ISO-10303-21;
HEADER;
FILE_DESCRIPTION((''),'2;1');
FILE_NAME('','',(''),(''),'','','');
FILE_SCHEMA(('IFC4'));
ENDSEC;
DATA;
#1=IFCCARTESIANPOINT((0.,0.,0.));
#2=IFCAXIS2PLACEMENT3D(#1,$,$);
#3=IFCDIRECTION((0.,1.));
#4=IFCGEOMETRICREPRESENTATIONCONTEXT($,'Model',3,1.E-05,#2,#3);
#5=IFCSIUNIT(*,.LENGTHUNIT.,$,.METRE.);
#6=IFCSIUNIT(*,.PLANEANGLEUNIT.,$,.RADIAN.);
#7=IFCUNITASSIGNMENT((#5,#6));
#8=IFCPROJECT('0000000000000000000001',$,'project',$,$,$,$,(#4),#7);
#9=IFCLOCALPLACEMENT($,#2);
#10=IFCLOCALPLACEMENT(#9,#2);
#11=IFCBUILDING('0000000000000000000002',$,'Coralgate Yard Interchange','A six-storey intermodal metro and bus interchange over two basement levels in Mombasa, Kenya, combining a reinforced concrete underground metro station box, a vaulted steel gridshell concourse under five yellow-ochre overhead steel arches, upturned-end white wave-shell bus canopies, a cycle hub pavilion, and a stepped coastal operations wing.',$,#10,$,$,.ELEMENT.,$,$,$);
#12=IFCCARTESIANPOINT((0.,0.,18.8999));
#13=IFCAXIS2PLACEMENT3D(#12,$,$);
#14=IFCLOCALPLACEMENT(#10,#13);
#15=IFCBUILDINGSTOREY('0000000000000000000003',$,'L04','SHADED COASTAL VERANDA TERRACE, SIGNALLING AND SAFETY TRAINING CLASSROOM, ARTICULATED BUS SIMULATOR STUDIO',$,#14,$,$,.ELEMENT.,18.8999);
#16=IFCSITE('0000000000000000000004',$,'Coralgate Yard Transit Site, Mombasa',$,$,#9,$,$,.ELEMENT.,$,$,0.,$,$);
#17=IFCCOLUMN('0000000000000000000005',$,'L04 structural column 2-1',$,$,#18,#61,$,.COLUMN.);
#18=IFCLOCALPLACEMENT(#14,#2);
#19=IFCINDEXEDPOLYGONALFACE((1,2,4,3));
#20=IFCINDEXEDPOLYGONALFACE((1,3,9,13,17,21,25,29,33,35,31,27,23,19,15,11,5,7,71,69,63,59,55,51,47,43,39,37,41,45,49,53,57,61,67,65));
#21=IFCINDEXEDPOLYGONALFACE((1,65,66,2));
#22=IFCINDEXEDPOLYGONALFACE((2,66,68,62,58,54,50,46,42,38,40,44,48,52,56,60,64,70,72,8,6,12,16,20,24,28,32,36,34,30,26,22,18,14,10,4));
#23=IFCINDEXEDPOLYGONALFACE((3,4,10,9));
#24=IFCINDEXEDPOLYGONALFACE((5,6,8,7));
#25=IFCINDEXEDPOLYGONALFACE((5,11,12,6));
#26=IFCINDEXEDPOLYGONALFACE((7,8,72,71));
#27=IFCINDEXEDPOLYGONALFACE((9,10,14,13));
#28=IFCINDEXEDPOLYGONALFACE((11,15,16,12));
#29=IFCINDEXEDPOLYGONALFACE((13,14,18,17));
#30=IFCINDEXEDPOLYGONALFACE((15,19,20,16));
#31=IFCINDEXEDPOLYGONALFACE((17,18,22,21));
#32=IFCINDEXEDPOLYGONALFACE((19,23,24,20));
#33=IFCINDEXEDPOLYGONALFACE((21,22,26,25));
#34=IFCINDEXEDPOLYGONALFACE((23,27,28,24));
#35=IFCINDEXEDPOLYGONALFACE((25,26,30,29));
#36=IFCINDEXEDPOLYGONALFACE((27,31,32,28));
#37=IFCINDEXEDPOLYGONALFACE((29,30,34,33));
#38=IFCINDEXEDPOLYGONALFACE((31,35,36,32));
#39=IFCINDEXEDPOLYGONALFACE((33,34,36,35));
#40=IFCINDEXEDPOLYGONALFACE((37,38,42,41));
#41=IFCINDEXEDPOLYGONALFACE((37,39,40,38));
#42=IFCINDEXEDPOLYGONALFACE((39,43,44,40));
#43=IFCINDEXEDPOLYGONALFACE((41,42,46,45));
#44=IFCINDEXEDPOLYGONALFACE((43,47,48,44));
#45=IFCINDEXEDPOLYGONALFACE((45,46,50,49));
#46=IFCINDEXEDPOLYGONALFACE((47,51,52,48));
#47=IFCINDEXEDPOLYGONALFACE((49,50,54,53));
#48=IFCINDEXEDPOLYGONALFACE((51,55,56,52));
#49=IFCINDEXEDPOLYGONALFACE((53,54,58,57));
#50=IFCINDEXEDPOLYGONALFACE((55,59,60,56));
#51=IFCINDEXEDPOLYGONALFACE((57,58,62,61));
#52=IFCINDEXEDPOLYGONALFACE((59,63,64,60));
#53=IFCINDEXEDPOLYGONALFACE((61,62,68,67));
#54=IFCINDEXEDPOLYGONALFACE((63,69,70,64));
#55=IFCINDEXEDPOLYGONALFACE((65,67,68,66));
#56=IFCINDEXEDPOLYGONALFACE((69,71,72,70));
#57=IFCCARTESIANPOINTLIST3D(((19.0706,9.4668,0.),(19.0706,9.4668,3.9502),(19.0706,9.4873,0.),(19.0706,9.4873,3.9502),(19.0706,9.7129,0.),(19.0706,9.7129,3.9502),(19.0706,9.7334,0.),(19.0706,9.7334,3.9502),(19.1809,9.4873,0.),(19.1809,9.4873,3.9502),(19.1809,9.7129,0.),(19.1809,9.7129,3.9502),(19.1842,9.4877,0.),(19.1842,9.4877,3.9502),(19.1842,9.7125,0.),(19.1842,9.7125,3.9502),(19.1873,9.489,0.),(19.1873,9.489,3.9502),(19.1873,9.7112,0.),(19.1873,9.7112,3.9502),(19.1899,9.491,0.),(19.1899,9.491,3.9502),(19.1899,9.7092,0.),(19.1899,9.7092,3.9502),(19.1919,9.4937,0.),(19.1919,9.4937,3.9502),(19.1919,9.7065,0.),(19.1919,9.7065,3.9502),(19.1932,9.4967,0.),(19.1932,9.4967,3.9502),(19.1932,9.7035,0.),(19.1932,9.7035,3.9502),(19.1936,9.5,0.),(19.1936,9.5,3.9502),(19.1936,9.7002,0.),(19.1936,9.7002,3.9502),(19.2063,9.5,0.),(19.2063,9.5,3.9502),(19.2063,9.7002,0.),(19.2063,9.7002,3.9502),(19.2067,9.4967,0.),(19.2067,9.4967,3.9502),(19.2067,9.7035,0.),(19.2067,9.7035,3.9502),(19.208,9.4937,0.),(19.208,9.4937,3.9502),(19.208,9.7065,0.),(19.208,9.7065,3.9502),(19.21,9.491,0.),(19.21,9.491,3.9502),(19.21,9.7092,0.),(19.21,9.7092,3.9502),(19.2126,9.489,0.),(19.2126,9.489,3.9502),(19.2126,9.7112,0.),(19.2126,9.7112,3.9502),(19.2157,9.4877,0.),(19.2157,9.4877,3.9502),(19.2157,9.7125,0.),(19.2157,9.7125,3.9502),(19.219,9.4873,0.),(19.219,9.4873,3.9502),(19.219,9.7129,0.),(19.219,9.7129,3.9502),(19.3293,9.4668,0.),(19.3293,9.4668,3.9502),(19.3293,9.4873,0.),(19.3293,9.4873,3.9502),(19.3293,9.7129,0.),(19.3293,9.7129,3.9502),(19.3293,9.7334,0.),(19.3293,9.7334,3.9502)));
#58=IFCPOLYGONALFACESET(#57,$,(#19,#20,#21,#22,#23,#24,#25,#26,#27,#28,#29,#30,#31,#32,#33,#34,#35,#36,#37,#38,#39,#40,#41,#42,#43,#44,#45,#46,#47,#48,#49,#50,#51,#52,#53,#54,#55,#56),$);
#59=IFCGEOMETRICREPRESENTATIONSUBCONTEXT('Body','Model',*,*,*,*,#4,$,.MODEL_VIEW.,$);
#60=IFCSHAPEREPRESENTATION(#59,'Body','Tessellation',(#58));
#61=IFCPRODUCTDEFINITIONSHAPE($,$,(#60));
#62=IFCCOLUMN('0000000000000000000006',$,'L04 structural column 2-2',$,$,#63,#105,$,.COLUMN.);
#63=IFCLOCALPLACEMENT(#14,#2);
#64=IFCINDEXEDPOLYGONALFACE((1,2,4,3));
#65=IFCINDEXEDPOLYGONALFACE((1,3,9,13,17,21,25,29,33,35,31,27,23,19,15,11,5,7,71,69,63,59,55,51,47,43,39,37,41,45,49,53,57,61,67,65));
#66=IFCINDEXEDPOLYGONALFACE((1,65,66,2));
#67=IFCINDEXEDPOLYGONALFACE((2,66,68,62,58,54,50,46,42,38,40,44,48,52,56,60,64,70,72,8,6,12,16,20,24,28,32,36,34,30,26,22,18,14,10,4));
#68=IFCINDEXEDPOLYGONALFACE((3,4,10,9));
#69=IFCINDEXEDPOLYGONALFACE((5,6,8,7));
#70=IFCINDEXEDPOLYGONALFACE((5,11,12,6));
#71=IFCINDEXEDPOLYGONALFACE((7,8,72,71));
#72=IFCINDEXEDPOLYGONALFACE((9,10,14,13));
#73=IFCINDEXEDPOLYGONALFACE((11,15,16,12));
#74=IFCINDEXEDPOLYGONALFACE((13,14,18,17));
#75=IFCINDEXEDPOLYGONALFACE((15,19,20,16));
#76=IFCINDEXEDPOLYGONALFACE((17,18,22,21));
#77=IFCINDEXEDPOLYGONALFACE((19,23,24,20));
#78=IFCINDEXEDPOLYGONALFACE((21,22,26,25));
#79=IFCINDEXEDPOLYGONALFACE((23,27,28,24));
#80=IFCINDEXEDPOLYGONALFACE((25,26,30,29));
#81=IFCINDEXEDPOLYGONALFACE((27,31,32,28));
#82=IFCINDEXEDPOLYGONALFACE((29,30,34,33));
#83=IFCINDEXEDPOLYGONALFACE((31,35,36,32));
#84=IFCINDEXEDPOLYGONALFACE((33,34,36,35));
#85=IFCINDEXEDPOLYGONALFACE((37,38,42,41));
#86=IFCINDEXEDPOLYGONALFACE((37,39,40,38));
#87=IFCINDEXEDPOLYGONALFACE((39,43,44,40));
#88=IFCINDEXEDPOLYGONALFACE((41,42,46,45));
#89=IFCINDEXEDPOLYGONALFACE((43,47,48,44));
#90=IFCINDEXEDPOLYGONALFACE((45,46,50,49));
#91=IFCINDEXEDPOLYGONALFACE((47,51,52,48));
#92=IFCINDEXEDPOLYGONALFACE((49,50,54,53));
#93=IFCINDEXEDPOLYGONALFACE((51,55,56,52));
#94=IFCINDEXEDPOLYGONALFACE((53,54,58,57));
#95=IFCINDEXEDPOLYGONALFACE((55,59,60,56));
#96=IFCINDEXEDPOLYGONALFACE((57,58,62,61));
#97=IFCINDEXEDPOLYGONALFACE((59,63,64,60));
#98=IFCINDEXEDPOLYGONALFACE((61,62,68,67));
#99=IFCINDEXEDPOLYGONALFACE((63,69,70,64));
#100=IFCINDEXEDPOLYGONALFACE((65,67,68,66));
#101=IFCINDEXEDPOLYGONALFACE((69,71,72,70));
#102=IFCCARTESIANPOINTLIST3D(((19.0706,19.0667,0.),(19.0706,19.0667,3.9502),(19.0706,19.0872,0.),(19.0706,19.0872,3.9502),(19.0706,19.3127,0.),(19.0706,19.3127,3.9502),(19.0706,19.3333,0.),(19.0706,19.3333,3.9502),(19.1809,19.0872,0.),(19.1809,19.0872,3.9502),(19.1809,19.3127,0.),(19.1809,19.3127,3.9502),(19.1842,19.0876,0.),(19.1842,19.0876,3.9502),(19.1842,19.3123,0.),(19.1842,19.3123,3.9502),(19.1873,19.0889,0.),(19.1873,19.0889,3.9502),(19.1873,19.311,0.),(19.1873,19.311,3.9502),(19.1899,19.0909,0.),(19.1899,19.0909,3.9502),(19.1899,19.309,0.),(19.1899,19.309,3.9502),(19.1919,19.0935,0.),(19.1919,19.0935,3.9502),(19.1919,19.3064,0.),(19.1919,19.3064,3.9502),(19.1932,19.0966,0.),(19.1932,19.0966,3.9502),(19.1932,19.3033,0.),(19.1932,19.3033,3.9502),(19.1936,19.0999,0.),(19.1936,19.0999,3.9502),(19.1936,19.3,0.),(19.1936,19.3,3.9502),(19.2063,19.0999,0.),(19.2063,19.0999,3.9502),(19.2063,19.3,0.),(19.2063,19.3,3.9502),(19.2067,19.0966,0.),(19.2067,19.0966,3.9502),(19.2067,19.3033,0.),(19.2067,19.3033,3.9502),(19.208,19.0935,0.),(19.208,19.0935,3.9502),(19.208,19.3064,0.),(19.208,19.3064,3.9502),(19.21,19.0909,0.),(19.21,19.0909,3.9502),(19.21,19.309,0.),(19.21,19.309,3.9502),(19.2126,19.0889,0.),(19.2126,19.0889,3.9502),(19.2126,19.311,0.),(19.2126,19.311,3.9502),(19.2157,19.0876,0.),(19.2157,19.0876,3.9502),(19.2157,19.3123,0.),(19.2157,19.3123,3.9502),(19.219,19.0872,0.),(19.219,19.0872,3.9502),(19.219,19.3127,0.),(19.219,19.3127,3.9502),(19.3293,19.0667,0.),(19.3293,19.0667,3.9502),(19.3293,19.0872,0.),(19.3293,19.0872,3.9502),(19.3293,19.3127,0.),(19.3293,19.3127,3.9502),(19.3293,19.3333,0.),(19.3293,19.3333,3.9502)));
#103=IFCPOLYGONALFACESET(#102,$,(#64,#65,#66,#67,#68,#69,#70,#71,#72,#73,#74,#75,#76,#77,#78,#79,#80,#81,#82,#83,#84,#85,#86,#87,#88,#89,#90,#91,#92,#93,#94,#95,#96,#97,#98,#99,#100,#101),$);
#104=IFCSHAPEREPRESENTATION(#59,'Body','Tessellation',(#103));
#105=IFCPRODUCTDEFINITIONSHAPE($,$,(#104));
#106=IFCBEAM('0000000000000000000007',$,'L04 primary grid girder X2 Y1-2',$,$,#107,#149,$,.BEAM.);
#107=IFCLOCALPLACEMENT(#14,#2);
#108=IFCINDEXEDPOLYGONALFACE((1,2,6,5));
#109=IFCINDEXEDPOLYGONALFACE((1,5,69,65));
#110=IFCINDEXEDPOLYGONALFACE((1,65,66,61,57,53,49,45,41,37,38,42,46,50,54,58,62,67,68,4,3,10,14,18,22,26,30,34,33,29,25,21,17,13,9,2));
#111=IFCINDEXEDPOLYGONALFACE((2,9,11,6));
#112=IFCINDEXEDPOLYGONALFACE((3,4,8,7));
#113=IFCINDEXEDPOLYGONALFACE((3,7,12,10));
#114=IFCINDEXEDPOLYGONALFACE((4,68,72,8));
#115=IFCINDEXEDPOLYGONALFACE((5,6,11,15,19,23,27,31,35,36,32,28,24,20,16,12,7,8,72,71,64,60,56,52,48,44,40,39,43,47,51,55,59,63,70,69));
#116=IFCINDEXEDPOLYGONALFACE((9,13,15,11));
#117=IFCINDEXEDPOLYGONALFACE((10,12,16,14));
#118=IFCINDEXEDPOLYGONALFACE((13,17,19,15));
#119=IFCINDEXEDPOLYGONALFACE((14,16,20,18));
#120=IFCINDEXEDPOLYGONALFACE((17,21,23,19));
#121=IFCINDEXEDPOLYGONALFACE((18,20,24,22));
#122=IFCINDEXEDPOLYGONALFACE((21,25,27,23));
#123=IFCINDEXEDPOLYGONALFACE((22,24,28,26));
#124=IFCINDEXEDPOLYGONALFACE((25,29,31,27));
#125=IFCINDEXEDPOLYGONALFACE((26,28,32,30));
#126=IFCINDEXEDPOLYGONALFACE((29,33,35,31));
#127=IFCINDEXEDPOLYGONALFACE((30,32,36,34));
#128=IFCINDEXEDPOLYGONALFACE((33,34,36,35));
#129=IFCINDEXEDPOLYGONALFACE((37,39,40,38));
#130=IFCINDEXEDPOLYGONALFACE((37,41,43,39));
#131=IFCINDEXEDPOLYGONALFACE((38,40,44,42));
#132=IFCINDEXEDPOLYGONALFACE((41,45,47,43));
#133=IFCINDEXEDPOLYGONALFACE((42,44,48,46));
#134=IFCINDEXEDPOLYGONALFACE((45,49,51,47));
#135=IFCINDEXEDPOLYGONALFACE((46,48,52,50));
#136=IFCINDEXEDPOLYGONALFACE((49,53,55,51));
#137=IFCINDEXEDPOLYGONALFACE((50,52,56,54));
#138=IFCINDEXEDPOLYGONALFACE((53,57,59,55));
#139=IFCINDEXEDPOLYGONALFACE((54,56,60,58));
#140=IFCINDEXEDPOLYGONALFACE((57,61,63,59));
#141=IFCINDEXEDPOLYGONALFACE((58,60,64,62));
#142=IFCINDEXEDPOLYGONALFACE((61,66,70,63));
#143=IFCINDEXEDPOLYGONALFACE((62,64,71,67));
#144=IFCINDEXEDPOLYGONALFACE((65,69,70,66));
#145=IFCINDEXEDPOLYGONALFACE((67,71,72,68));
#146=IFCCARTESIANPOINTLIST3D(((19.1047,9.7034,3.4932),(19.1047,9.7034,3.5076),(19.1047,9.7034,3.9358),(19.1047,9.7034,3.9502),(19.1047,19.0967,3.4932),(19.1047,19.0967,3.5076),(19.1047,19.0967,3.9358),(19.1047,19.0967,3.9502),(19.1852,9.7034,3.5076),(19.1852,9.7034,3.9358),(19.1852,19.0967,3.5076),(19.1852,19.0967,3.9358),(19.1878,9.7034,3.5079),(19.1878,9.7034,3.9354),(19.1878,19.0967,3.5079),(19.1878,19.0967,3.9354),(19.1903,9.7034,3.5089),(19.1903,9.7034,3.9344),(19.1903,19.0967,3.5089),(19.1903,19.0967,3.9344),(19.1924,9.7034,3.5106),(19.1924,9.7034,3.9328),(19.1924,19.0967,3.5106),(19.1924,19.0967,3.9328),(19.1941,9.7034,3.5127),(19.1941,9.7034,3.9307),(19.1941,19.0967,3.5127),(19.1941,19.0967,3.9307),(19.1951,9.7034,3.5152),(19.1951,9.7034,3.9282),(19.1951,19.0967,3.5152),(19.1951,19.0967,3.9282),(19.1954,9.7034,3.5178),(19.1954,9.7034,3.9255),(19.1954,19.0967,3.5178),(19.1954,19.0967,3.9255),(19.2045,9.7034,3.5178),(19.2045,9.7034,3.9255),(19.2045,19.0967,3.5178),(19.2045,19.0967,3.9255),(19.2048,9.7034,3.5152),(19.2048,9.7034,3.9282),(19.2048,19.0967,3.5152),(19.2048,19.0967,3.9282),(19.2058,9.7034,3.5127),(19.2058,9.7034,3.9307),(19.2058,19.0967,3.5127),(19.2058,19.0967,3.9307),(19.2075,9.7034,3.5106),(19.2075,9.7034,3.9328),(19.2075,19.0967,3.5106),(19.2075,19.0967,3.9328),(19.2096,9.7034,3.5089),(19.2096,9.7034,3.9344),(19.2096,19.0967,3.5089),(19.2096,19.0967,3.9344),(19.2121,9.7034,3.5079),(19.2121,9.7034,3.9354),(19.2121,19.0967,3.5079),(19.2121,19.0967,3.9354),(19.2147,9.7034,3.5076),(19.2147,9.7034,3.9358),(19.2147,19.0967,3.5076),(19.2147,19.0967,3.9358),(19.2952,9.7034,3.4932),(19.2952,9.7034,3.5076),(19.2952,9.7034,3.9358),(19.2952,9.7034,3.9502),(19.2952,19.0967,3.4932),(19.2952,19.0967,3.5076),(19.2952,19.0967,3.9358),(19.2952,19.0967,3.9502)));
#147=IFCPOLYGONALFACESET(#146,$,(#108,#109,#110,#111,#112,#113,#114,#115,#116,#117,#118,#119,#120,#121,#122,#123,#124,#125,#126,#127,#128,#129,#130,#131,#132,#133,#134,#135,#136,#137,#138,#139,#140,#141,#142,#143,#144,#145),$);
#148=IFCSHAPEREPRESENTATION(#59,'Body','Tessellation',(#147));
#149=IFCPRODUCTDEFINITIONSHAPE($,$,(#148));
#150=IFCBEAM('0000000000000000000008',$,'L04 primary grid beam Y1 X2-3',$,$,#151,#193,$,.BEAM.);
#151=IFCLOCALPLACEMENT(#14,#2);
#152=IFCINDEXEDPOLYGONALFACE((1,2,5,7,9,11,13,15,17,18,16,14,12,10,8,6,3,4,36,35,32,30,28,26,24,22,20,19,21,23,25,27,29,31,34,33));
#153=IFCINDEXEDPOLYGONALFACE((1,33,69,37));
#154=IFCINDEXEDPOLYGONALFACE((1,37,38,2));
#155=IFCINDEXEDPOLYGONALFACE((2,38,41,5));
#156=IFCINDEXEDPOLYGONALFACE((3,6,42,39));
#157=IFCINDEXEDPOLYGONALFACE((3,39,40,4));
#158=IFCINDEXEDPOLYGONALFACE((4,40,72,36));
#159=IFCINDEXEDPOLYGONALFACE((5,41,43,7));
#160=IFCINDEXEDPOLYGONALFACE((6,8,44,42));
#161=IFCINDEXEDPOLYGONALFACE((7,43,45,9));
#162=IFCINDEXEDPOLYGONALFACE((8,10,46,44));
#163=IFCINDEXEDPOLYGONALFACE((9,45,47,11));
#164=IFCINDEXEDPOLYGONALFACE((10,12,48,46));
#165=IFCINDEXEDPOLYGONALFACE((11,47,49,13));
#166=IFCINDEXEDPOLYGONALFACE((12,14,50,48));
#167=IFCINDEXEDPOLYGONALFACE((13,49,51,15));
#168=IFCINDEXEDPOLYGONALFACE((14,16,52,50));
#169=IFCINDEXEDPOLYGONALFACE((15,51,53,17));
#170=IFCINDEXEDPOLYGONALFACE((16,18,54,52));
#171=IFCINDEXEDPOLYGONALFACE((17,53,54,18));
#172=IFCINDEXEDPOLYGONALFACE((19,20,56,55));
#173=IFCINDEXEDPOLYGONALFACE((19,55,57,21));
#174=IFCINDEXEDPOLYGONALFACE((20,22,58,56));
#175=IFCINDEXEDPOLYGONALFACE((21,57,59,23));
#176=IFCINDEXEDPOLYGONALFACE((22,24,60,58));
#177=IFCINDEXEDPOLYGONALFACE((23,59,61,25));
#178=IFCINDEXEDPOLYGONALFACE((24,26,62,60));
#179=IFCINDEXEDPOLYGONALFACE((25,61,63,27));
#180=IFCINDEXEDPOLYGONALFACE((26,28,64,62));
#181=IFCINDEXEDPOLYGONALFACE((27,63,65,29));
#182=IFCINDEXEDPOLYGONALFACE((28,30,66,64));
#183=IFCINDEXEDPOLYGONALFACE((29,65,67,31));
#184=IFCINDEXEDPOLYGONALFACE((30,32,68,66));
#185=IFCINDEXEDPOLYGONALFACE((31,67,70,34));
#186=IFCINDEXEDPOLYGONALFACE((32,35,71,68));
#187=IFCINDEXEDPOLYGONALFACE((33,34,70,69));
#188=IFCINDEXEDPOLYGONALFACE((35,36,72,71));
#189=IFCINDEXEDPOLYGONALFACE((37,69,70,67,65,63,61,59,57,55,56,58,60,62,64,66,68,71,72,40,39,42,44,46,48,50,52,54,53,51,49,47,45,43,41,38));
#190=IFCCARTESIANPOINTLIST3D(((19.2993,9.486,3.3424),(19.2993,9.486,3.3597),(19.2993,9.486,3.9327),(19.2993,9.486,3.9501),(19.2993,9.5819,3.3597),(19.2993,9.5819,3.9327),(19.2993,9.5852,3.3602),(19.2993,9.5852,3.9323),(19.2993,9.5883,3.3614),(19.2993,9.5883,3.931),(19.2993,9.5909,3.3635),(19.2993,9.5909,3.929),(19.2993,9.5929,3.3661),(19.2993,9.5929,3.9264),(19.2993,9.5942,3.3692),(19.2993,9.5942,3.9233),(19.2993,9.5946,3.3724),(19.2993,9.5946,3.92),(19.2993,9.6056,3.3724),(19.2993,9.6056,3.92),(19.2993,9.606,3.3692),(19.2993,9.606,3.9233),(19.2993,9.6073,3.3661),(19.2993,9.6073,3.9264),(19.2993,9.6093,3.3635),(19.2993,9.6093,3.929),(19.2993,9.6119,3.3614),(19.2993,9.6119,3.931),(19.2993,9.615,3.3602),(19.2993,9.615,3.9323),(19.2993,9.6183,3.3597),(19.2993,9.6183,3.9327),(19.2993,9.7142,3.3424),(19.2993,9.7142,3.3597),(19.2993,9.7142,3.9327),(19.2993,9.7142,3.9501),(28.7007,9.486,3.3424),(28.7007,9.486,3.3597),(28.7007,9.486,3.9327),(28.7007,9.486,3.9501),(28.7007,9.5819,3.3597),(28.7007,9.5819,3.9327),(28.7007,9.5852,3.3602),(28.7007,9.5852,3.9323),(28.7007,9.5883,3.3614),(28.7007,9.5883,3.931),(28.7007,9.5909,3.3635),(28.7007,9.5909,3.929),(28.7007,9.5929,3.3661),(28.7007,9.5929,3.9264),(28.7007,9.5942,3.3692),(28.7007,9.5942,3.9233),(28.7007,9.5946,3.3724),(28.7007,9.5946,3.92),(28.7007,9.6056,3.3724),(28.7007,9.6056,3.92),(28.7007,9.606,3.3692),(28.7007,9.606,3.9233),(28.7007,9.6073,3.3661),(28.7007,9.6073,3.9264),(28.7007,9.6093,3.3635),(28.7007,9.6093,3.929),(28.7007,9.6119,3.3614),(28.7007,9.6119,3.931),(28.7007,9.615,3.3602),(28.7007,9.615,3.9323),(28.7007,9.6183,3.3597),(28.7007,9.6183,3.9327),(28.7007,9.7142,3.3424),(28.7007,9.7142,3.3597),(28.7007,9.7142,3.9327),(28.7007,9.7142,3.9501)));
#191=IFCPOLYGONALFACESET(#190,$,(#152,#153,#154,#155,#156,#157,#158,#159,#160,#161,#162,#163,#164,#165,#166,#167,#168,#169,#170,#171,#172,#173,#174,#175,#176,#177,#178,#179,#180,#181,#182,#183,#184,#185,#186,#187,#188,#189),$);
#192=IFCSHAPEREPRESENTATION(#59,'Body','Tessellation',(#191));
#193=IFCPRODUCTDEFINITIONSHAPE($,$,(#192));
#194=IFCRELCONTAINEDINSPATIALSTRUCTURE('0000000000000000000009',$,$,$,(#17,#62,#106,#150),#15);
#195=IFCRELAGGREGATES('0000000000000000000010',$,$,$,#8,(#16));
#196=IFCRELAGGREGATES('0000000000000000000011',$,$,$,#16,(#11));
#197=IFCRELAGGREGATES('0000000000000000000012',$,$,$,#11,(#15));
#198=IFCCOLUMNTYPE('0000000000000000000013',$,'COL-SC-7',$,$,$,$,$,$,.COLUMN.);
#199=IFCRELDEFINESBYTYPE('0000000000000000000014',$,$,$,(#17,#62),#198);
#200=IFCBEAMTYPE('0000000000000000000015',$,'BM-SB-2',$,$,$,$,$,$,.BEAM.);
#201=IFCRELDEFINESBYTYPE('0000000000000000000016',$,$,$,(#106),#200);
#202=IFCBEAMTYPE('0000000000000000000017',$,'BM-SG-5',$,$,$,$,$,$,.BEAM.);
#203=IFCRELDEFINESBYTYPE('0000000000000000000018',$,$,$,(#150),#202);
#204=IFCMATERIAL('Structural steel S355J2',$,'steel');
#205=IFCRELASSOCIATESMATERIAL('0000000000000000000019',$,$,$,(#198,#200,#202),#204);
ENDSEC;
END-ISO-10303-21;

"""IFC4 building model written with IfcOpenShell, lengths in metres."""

from ifc_helpers import new_model, si_unit, direction, frame, origin, origin_2d, place, context, subcontext, project, spatial, i_section, extrude, material, material_profile, profile_set, type_object, element, save


model = new_model("IFC4")

# Units and contexts
model_context = context("Model", 3, precision=1e-05, world=origin(), true_north=direction((0.0, 1.0)))
body_context = subcontext(model_context, "Body", "Model", "MODEL_VIEW")
ifc_project = project(units=[si_unit("LENGTHUNIT", "METRE"), si_unit("PLANEANGLEUNIT", "RADIAN")], contexts=[model_context])

# Site, building, storey
site_placement = place(None, origin())
site = spatial("IfcSite", under=ifc_project, at=site_placement, Name="Coralgate Yard Transit Site, Mombasa", CompositionType="ELEMENT", RefElevation=0.0)
building_placement = place(site_placement, origin())
building = spatial("IfcBuilding", under=site, at=building_placement, Name="Coralgate Yard Interchange", Description="A six-storey intermodal metro and bus interchange over two basement levels in Mombasa, Kenya, combining a reinforced concrete underground metro station box, a vaulted steel gridshell concourse under five yellow-ochre overhead steel arches, upturned-end white wave-shell bus canopies, a cycle hub pavilion, and a stepped coastal operations wing.", CompositionType="ELEMENT")
storey_placement = place(building_placement, frame((0.0, 0.0, 18.8999)))
storey = spatial("IfcBuildingStorey", under=building, at=storey_placement, Name="L04", Description="SHADED COASTAL VERANDA TERRACE, SIGNALLING AND SAFETY TRAINING CLASSROOM, ARTICULATED BUS SIMULATOR STUDIO", CompositionType="ELEMENT", Elevation=18.8999)

# Columns
ifc_material_1 = material(Name="Structural steel S355J2", Category="steel")
ifc_material_profile_1 = material_profile(ifc_material_1, i_section(OverallWidth=0.2588, OverallDepth=0.2666, WebThickness=0.0127, FlangeThickness=0.0205, FilletRadius=0.0127, at=origin_2d()), Name="UC 254x254x107")
ifc_profile_set_1 = profile_set([ifc_material_profile_1], Name="Structural steel S355J2")
column_type = type_object("IfcColumnType", Name="COL-SC-7", PredefinedType="COLUMN", material=ifc_profile_set_1)
for number, where, z_axis, x_axis, name in (
    (1, (19.2, 9.6001, 0.0), (0.0, 0.0, 1.0), (1.0, 0.0, 0.0), "L04 structural column 2-1"),
    (2, (19.2, 19.2, 0.0), (0.0, 0.0, 1.0), (1.0, 0.0, 0.0), "L04 structural column 2-2"),
):
    element("IfcColumn", number, at=place(storey_placement, frame(where, z_axis=z_axis, x_axis=x_axis)), inside=storey, type_object=column_type, Name=name, PredefinedType="COLUMN", context=body_context, shape_type="SweptSolid", body=[
        extrude(i_section(OverallWidth=0.2588, OverallDepth=0.2666, WebThickness=0.0127, FlangeThickness=0.0205, FilletRadius=0.0127, at=origin_2d()), origin(), (0.0, 0.0, 1.0), 3.9502),
    ])

# Beams
ifc_material_profile_2 = material_profile(ifc_material_1, i_section(OverallWidth=0.1904, OverallDepth=0.457, WebThickness=0.009, FlangeThickness=0.0144, FilletRadius=0.0103, at=origin_2d()), Name="UB 457x191x74")
ifc_profile_set_2 = profile_set([ifc_material_profile_2], Name="Structural steel S355J2")
beam_type_1 = type_object("IfcBeamType", Name="BM-SB-2", PredefinedType="BEAM", material=ifc_profile_set_2)
beam_1_placement = place(storey_placement, frame((19.2, 9.7034, 3.7217), z_axis=(0.0, 1.0, 0.0), x_axis=(-1.0, 0.0, 0.0)))
element("IfcBeam", 3, at=beam_1_placement, inside=storey, type_object=beam_type_1, Name="L04 primary grid girder X2 Y1-2", PredefinedType="BEAM", context=body_context, shape_type="SweptSolid", body=[
    extrude(i_section(OverallWidth=0.1904, OverallDepth=0.457, WebThickness=0.009, FlangeThickness=0.0144, FilletRadius=0.0103, at=origin_2d()), origin(), (0.0, 0.0, 1.0), 9.3933),
])
ifc_material_profile_3 = material_profile(ifc_material_1, i_section(OverallWidth=0.2283, OverallDepth=0.6077, WebThickness=0.011, FlangeThickness=0.0173, FilletRadius=0.0127, at=origin_2d()), Name="UB 610x229x113")
ifc_profile_set_3 = profile_set([ifc_material_profile_3], Name="Structural steel S355J2")
beam_type_2 = type_object("IfcBeamType", Name="BM-SG-5", PredefinedType="BEAM", material=ifc_profile_set_3)
beam_2_placement = place(storey_placement, frame((19.2993, 9.6001, 3.6462), z_axis=(1.0, 0.0, 0.0), x_axis=(0.0, 1.0, 0.0)))
element("IfcBeam", 4, at=beam_2_placement, inside=storey, type_object=beam_type_2, Name="L04 primary grid beam Y1 X2-3", PredefinedType="BEAM", context=body_context, shape_type="SweptSolid", body=[
    extrude(i_section(OverallWidth=0.2283, OverallDepth=0.6077, WebThickness=0.011, FlangeThickness=0.0173, FilletRadius=0.0127, at=origin_2d()), origin(), (0.0, 0.0, 1.0), 9.4014),
])

save(model, "model.ifc")
